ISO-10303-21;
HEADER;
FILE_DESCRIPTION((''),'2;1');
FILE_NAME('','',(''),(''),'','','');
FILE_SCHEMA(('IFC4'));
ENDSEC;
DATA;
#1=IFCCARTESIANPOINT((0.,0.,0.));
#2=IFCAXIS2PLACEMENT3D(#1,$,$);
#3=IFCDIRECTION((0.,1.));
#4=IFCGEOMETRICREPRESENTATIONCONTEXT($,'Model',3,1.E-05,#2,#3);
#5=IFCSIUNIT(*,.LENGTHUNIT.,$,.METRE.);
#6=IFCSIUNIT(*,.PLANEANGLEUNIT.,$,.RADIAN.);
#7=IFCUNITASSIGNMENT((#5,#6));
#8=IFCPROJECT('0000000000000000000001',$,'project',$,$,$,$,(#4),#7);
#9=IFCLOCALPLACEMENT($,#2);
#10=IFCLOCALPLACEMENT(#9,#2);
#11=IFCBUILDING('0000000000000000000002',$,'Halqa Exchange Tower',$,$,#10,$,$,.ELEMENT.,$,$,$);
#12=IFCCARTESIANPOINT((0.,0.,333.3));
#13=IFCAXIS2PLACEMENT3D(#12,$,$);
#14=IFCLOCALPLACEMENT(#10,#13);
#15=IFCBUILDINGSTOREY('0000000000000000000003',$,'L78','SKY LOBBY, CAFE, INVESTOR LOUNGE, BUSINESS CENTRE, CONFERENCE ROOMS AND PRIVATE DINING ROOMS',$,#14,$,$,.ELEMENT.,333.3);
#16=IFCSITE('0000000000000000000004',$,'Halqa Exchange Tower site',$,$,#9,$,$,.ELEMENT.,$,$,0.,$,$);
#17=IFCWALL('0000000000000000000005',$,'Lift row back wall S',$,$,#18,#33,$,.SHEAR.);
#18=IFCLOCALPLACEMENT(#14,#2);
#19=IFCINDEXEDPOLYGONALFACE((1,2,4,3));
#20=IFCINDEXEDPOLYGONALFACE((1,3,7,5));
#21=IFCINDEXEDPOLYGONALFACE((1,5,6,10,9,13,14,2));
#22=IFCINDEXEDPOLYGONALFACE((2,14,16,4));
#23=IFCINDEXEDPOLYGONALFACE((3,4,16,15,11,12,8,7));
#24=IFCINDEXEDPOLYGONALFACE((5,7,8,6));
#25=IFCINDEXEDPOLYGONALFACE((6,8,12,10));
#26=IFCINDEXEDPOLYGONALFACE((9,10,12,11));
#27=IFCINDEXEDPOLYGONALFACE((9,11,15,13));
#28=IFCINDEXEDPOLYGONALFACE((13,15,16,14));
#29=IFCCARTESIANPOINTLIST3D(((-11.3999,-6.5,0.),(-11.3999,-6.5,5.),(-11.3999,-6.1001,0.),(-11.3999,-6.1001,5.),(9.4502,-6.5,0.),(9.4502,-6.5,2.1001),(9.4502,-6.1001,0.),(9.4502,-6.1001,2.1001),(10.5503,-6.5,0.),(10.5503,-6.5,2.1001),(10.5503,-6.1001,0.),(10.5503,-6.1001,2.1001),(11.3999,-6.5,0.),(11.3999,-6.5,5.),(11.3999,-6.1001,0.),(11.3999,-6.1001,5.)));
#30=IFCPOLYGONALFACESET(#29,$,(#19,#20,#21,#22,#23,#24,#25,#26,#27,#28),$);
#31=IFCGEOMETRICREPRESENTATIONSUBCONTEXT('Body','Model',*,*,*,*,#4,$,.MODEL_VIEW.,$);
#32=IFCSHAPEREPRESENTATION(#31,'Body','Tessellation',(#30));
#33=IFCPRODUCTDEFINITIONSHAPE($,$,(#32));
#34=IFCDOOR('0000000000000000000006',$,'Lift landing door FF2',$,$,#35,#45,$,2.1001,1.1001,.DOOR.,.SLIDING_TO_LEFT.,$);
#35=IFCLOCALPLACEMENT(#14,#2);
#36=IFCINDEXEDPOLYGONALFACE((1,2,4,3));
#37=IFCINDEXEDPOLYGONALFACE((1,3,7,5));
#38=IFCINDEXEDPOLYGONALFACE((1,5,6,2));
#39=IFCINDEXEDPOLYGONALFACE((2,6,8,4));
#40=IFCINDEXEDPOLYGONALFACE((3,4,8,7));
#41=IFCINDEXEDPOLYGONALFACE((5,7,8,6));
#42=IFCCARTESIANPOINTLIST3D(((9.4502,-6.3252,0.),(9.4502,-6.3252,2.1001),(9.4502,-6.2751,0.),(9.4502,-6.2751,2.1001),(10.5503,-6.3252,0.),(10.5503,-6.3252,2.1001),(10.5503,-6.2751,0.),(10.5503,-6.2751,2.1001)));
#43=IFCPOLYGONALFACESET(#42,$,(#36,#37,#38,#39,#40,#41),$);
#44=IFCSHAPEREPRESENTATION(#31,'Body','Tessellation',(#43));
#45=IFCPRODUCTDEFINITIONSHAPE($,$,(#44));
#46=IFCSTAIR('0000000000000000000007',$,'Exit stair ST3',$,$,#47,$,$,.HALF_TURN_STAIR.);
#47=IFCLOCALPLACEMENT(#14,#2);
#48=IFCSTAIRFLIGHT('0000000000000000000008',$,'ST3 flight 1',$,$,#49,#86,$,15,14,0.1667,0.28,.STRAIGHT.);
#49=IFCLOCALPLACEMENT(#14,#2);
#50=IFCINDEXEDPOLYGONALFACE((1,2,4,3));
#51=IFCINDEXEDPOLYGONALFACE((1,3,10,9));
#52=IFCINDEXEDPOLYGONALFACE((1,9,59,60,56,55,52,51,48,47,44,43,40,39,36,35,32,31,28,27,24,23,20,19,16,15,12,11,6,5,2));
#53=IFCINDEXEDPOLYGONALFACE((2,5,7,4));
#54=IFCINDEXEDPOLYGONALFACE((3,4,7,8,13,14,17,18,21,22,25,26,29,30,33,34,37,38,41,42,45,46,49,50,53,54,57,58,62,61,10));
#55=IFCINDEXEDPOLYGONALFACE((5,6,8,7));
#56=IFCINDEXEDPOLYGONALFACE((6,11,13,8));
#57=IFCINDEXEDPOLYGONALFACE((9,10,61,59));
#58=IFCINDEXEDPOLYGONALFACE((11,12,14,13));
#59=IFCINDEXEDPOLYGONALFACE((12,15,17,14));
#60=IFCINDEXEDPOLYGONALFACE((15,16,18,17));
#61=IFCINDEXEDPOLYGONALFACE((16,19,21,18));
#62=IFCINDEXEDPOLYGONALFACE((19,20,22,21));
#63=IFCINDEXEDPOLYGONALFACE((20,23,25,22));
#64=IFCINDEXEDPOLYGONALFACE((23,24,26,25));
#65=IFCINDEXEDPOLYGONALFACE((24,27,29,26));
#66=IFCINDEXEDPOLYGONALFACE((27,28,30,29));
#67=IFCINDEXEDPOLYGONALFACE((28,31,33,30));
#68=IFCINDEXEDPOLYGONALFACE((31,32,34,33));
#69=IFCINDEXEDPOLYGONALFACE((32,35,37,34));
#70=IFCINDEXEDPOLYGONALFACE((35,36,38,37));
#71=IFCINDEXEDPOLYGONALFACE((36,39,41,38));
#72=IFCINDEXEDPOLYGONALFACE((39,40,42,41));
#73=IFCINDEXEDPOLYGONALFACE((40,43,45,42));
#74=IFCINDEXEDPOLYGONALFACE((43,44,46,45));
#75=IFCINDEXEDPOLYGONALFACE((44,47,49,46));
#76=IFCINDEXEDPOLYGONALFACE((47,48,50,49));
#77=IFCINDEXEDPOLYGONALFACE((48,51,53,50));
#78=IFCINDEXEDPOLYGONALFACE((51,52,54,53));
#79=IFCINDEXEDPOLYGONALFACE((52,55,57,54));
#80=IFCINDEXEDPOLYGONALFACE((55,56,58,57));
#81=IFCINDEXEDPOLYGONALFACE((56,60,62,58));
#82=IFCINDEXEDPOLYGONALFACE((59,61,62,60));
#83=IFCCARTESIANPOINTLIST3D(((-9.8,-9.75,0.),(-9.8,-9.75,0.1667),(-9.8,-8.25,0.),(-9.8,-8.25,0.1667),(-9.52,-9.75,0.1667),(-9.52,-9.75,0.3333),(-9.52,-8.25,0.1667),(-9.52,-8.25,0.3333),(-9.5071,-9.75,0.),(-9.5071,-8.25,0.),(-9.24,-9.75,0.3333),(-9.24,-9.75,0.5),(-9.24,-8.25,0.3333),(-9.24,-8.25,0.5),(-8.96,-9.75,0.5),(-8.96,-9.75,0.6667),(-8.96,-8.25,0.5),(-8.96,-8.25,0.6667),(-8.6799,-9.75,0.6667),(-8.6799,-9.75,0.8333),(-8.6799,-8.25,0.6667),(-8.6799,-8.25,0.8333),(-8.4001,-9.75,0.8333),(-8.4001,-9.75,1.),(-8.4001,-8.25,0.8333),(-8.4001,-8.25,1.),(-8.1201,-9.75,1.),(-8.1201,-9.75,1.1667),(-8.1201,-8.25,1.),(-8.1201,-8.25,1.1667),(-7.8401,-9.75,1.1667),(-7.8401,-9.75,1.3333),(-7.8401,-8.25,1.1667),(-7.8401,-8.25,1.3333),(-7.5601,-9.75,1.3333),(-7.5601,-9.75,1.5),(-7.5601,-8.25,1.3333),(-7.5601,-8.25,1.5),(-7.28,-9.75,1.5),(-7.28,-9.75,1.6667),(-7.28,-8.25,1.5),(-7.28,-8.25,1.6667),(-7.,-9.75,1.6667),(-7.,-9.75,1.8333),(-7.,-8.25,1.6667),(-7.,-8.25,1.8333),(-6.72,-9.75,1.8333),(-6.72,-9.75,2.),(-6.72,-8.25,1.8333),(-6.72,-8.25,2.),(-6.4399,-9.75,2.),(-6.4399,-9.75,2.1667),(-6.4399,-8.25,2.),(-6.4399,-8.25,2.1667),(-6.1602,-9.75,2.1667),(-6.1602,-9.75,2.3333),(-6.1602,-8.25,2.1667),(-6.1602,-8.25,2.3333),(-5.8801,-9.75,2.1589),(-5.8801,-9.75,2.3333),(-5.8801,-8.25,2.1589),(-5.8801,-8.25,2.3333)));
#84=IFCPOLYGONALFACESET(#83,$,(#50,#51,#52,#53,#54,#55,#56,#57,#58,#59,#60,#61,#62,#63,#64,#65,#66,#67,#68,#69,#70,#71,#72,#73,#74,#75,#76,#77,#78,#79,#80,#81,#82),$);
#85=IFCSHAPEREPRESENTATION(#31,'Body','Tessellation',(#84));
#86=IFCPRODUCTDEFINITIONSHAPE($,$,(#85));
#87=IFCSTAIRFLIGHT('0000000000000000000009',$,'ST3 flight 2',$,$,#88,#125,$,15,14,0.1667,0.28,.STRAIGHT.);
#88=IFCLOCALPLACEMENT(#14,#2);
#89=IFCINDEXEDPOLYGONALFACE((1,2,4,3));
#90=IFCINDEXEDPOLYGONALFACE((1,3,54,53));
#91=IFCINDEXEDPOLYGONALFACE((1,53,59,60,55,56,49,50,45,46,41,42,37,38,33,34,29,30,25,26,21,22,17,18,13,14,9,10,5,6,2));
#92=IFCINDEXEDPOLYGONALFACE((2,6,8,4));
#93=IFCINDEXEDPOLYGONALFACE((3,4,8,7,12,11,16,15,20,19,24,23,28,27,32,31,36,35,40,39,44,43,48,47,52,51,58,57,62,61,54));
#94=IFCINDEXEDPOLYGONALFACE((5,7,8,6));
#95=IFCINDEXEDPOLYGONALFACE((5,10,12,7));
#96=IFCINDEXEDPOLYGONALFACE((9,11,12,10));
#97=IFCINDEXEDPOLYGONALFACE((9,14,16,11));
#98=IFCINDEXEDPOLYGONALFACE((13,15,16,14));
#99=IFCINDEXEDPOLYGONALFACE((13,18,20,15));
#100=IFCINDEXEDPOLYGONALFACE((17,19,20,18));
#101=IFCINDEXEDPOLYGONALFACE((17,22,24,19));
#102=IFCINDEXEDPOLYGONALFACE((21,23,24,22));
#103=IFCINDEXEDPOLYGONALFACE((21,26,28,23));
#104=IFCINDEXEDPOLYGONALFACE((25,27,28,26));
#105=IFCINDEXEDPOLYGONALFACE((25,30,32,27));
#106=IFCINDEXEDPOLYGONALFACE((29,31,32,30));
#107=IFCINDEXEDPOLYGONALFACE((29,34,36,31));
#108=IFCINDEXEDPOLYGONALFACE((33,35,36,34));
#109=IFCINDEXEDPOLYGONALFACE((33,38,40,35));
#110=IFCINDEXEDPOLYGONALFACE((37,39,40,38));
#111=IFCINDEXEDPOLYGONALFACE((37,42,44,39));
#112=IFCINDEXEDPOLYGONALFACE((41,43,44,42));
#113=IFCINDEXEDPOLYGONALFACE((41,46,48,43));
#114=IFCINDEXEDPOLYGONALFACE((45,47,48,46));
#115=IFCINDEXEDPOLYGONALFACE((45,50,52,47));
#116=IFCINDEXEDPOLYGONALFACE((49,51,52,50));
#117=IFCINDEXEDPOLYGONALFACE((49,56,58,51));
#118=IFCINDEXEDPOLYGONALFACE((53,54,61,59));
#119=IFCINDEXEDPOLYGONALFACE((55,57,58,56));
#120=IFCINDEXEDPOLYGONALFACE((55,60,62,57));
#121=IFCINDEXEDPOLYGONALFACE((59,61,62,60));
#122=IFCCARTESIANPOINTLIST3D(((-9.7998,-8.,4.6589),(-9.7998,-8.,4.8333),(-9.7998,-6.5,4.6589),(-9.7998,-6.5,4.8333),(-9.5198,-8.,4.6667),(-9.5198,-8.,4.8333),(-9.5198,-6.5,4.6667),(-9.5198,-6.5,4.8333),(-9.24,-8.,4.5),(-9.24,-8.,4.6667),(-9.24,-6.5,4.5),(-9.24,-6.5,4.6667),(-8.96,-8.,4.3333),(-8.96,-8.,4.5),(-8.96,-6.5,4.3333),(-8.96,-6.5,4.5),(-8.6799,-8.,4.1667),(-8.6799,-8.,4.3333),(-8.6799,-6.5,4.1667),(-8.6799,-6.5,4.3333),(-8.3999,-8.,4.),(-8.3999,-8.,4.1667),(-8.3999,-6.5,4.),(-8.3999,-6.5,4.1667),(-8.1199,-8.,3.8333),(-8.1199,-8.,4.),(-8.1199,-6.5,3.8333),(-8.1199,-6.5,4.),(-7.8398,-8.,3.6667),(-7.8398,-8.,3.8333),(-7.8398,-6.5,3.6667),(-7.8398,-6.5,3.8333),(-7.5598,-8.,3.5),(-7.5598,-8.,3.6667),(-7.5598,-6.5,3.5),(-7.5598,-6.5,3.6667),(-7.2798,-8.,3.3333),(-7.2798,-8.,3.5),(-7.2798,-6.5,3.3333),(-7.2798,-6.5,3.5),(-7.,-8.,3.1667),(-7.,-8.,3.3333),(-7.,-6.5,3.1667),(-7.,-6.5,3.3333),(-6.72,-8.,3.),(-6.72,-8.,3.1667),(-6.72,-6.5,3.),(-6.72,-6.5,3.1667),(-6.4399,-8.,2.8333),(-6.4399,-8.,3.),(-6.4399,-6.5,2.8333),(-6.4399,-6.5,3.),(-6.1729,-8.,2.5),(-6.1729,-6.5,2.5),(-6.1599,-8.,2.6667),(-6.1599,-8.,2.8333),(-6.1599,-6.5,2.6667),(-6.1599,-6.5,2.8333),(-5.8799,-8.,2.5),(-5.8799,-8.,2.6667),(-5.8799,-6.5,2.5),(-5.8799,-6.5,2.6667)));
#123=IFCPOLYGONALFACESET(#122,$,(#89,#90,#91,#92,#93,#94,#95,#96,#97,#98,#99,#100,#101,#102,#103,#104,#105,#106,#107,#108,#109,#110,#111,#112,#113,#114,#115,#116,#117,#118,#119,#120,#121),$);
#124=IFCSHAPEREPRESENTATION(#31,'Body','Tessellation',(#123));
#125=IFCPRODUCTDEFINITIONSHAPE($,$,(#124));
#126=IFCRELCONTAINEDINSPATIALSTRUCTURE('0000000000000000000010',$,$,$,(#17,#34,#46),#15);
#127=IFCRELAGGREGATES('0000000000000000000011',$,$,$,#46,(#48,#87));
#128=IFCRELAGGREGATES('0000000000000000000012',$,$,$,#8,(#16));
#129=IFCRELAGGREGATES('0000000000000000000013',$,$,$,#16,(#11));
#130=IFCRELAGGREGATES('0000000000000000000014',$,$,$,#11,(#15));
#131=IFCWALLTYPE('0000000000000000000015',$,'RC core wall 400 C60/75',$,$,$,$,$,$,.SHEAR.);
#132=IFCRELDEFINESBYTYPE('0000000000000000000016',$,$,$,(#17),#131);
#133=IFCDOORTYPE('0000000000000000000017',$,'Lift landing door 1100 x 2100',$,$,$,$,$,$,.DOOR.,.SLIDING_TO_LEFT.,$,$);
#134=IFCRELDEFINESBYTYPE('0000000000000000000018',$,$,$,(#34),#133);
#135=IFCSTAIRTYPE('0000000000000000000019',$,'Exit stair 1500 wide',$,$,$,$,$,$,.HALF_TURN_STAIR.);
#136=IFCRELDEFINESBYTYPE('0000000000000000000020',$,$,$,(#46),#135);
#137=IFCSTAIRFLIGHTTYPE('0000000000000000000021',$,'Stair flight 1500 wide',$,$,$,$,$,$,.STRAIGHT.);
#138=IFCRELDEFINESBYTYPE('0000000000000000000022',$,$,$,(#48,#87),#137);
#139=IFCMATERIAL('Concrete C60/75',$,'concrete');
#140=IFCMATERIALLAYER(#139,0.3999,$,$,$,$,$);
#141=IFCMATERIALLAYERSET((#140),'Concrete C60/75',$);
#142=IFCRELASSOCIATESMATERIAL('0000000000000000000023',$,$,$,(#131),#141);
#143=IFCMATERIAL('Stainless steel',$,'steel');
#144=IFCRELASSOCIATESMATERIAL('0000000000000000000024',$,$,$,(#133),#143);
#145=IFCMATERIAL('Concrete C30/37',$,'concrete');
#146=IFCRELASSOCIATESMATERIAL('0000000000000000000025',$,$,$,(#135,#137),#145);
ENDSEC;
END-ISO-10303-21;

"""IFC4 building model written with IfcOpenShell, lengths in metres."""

from ifc_helpers import new_model, si_unit, direction, frame, frame_2d, origin, place, context, subcontext, project, spatial, polyline, rectangle, outline, extrude, material, layer, layer_set, type_object, element, fill, aggregate, save


model = new_model("IFC4")

# Units and contexts
model_context = context("Model", 3, precision=1e-05, world=origin(), true_north=direction((0.0, 1.0)))
body_context = subcontext(model_context, "Body", "Model", "MODEL_VIEW")
ifc_project = project(units=[si_unit("LENGTHUNIT", "METRE"), si_unit("PLANEANGLEUNIT", "RADIAN")], contexts=[model_context])

# Site, building, storey
site_placement = place(None, origin())
site = spatial("IfcSite", under=ifc_project, at=site_placement, Name="Halqa Exchange Tower site", CompositionType="ELEMENT", RefElevation=0.0)
building_placement = place(site_placement, origin())
building = spatial("IfcBuilding", under=site, at=building_placement, Name="Halqa Exchange Tower", CompositionType="ELEMENT")
storey_placement = place(building_placement, frame((0.0, 0.0, 333.3)))
storey = spatial("IfcBuildingStorey", under=building, at=storey_placement, Name="L78", Description="SKY LOBBY, CAFE, INVESTOR LOUNGE, BUSINESS CENTRE, CONFERENCE ROOMS AND PRIVATE DINING ROOMS", CompositionType="ELEMENT", Elevation=333.3)

# Shared definitions
ifc_material_1 = material(Name="Concrete C60/75", Category="concrete")

# Shared definitions
ifc_layer_1 = layer(ifc_material_1, 0.3999)
ifc_layer_set_1 = layer_set([ifc_layer_1], Name="Concrete C60/75")
wall_type_1 = type_object("IfcWallType", Name="RC core wall 400 C60/75", PredefinedType="SHEAR", material=ifc_layer_set_1)
ifc_material_2 = material(Name="Stainless steel", Category="steel")
door_type_1 = type_object("IfcDoorType", Name="Lift landing door 1100 x 2100", OperationType="SLIDING_TO_LEFT", PredefinedType="DOOR", material=ifc_material_2)

# Wall, opening, door
wall_1_placement = place(storey_placement, frame((-11.3999, -6.3, 0.0), z_axis=(0.0, 0.0, 1.0), x_axis=(1.0, 0.0, 0.0)))
wall_1 = element("IfcWall", 1, at=wall_1_placement, inside=storey, type_object=wall_type_1, Name="Lift row back wall S", PredefinedType="SHEAR", context=body_context, shape_type="SweptSolid", body=[
    extrude(rectangle(XDim=22.7998, YDim=0.3999, at=frame_2d((11.3999, 0.0))), origin(), (0.0, 0.0, 1.0), 5.0),
])
opening_1_placement = place(wall_1_placement, frame((20.8501, 0.0, 0.0)))
opening_1 = element("IfcOpeningElement", 2, at=opening_1_placement, cuts=wall_1, PredefinedType="OPENING", context=body_context, shape_type="SweptSolid", body=[
    extrude(rectangle(XDim=1.1001, YDim=2.1001, at=frame_2d((0.55, 1.05))), frame((0.0, 0.2119, 0.0), z_axis=(0.0, -1.0, 0.0), x_axis=(1.0, 0.0, 0.0)), (0.0, 0.0, 1.0), 0.4238),
])
door_1_placement = place(opening_1_placement, origin())
door_1 = element("IfcDoor", 3, at=door_1_placement, inside=storey, type_object=door_type_1, Name="Lift landing door FF2", OperationType="SLIDING_TO_LEFT", OverallHeight=2.1001, OverallWidth=1.1001, PredefinedType="DOOR", context=body_context, shape_type="SweptSolid", body=[
    extrude(rectangle(XDim=1.1001, YDim=2.1001, at=frame_2d((0.55, 1.05))), frame((0.0, 0.0249, 0.0), z_axis=(0.0, -1.0, 0.0), x_axis=(1.0, 0.0, 0.0)), (0.0, 0.0, 1.0), 0.05),
])
fill(opening_1, door_1)

# Stair, stair flights
ifc_material_3 = material(Name="Concrete C30/37", Category="concrete")
stair_type = type_object("IfcStairType", Name="Exit stair 1500 wide", PredefinedType="HALF_TURN_STAIR", material=ifc_material_3)
stair_placement = place(storey_placement, origin())
stair = element("IfcStair", 4, at=stair_placement, inside=storey, type_object=stair_type, Name="Exit stair ST3", PredefinedType="HALF_TURN_STAIR")
stair_flight_type = type_object("IfcStairFlightType", Name="Stair flight 1500 wide", PredefinedType="STRAIGHT", material=ifc_material_3)
stair_flight_1_placement = place(storey_placement, frame((-9.8, -9.0, 0.0), z_axis=(0.0, 0.0, 1.0), x_axis=(1.0, 0.0, 0.0)))
stair_flight_1 = element("IfcStairFlight", 5, at=stair_flight_1_placement, type_object=stair_flight_type, Name="ST3 flight 1", NumberOfRisers=15, NumberOfTreads=14, PredefinedType="STRAIGHT", RiserHeight=0.1667, TreadLength=0.28, context=body_context, shape_type="SweptSolid", body=[
    extrude(outline(polyline([(0.0, 0.0), (0.0, 0.1667), (0.28, 0.1667), (0.28, 0.3333), (0.5601, 0.3333), (0.5601, 0.5), (0.8401, 0.5), (0.8401, 0.6667), (1.1201, 0.6667), (1.1201, 0.8333), (1.3999, 0.8333), (1.3999, 1.0), (1.6799, 1.0), (1.6799, 1.1667), (1.96, 1.1667), (1.96, 1.3333), (2.24, 1.3333), (2.24, 1.5), (2.52, 1.5), (2.52, 1.6667), (2.8, 1.6667), (2.8, 1.8333), (3.0801, 1.8333), (3.0801, 2.0), (3.3601, 2.0), (3.3601, 2.1667), (3.6399, 2.1667), (3.6399, 2.3333), (3.9199, 2.3333), (3.9199, 2.5), (3.9199, 2.1589), (0.293, 0.0), (0.0, 0.0)])), frame((0.0, 0.75, 0.0), z_axis=(0.0, -1.0, 0.0), x_axis=(1.0, 0.0, 0.0)), (0.0, 0.0, 1.0), 1.5),
])
stair_flight_2_placement = place(storey_placement, frame((-5.8799, -7.25, 2.5), z_axis=(0.0, 0.0, 1.0), x_axis=(-1.0, 0.0, 0.0)))
stair_flight_2 = element("IfcStairFlight", 6, at=stair_flight_2_placement, type_object=stair_flight_type, Name="ST3 flight 2", NumberOfRisers=15, NumberOfTreads=14, PredefinedType="STRAIGHT", RiserHeight=0.1667, TreadLength=0.28, context=body_context, shape_type="SweptSolid", body=[
    extrude(outline(polyline([(0.0, 0.0), (0.0, 0.1667), (0.28, 0.1667), (0.28, 0.3333), (0.5601, 0.3333), (0.5601, 0.5), (0.8401, 0.5), (0.8401, 0.6667), (1.1201, 0.6667), (1.1201, 0.8333), (1.3999, 0.8333), (1.3999, 1.0), (1.6799, 1.0), (1.6799, 1.1667), (1.96, 1.1667), (1.96, 1.3333), (2.24, 1.3333), (2.24, 1.5), (2.52, 1.5), (2.52, 1.6667), (2.8, 1.6667), (2.8, 1.8333), (3.0801, 1.8333), (3.0801, 2.0), (3.3601, 2.0), (3.3601, 2.1667), (3.6399, 2.1667), (3.6399, 2.3333), (3.9199, 2.3333), (3.9199, 2.5), (3.9199, 2.1589), (0.293, 0.0), (0.0, 0.0)])), frame((0.0, 0.75, 0.0), z_axis=(0.0, -1.0, 0.0), x_axis=(1.0, 0.0, 0.0)), (0.0, 0.0, 1.0), 1.5),
])
aggregate(stair, [stair_flight_1, stair_flight_2])

save(model, "model.ifc")
